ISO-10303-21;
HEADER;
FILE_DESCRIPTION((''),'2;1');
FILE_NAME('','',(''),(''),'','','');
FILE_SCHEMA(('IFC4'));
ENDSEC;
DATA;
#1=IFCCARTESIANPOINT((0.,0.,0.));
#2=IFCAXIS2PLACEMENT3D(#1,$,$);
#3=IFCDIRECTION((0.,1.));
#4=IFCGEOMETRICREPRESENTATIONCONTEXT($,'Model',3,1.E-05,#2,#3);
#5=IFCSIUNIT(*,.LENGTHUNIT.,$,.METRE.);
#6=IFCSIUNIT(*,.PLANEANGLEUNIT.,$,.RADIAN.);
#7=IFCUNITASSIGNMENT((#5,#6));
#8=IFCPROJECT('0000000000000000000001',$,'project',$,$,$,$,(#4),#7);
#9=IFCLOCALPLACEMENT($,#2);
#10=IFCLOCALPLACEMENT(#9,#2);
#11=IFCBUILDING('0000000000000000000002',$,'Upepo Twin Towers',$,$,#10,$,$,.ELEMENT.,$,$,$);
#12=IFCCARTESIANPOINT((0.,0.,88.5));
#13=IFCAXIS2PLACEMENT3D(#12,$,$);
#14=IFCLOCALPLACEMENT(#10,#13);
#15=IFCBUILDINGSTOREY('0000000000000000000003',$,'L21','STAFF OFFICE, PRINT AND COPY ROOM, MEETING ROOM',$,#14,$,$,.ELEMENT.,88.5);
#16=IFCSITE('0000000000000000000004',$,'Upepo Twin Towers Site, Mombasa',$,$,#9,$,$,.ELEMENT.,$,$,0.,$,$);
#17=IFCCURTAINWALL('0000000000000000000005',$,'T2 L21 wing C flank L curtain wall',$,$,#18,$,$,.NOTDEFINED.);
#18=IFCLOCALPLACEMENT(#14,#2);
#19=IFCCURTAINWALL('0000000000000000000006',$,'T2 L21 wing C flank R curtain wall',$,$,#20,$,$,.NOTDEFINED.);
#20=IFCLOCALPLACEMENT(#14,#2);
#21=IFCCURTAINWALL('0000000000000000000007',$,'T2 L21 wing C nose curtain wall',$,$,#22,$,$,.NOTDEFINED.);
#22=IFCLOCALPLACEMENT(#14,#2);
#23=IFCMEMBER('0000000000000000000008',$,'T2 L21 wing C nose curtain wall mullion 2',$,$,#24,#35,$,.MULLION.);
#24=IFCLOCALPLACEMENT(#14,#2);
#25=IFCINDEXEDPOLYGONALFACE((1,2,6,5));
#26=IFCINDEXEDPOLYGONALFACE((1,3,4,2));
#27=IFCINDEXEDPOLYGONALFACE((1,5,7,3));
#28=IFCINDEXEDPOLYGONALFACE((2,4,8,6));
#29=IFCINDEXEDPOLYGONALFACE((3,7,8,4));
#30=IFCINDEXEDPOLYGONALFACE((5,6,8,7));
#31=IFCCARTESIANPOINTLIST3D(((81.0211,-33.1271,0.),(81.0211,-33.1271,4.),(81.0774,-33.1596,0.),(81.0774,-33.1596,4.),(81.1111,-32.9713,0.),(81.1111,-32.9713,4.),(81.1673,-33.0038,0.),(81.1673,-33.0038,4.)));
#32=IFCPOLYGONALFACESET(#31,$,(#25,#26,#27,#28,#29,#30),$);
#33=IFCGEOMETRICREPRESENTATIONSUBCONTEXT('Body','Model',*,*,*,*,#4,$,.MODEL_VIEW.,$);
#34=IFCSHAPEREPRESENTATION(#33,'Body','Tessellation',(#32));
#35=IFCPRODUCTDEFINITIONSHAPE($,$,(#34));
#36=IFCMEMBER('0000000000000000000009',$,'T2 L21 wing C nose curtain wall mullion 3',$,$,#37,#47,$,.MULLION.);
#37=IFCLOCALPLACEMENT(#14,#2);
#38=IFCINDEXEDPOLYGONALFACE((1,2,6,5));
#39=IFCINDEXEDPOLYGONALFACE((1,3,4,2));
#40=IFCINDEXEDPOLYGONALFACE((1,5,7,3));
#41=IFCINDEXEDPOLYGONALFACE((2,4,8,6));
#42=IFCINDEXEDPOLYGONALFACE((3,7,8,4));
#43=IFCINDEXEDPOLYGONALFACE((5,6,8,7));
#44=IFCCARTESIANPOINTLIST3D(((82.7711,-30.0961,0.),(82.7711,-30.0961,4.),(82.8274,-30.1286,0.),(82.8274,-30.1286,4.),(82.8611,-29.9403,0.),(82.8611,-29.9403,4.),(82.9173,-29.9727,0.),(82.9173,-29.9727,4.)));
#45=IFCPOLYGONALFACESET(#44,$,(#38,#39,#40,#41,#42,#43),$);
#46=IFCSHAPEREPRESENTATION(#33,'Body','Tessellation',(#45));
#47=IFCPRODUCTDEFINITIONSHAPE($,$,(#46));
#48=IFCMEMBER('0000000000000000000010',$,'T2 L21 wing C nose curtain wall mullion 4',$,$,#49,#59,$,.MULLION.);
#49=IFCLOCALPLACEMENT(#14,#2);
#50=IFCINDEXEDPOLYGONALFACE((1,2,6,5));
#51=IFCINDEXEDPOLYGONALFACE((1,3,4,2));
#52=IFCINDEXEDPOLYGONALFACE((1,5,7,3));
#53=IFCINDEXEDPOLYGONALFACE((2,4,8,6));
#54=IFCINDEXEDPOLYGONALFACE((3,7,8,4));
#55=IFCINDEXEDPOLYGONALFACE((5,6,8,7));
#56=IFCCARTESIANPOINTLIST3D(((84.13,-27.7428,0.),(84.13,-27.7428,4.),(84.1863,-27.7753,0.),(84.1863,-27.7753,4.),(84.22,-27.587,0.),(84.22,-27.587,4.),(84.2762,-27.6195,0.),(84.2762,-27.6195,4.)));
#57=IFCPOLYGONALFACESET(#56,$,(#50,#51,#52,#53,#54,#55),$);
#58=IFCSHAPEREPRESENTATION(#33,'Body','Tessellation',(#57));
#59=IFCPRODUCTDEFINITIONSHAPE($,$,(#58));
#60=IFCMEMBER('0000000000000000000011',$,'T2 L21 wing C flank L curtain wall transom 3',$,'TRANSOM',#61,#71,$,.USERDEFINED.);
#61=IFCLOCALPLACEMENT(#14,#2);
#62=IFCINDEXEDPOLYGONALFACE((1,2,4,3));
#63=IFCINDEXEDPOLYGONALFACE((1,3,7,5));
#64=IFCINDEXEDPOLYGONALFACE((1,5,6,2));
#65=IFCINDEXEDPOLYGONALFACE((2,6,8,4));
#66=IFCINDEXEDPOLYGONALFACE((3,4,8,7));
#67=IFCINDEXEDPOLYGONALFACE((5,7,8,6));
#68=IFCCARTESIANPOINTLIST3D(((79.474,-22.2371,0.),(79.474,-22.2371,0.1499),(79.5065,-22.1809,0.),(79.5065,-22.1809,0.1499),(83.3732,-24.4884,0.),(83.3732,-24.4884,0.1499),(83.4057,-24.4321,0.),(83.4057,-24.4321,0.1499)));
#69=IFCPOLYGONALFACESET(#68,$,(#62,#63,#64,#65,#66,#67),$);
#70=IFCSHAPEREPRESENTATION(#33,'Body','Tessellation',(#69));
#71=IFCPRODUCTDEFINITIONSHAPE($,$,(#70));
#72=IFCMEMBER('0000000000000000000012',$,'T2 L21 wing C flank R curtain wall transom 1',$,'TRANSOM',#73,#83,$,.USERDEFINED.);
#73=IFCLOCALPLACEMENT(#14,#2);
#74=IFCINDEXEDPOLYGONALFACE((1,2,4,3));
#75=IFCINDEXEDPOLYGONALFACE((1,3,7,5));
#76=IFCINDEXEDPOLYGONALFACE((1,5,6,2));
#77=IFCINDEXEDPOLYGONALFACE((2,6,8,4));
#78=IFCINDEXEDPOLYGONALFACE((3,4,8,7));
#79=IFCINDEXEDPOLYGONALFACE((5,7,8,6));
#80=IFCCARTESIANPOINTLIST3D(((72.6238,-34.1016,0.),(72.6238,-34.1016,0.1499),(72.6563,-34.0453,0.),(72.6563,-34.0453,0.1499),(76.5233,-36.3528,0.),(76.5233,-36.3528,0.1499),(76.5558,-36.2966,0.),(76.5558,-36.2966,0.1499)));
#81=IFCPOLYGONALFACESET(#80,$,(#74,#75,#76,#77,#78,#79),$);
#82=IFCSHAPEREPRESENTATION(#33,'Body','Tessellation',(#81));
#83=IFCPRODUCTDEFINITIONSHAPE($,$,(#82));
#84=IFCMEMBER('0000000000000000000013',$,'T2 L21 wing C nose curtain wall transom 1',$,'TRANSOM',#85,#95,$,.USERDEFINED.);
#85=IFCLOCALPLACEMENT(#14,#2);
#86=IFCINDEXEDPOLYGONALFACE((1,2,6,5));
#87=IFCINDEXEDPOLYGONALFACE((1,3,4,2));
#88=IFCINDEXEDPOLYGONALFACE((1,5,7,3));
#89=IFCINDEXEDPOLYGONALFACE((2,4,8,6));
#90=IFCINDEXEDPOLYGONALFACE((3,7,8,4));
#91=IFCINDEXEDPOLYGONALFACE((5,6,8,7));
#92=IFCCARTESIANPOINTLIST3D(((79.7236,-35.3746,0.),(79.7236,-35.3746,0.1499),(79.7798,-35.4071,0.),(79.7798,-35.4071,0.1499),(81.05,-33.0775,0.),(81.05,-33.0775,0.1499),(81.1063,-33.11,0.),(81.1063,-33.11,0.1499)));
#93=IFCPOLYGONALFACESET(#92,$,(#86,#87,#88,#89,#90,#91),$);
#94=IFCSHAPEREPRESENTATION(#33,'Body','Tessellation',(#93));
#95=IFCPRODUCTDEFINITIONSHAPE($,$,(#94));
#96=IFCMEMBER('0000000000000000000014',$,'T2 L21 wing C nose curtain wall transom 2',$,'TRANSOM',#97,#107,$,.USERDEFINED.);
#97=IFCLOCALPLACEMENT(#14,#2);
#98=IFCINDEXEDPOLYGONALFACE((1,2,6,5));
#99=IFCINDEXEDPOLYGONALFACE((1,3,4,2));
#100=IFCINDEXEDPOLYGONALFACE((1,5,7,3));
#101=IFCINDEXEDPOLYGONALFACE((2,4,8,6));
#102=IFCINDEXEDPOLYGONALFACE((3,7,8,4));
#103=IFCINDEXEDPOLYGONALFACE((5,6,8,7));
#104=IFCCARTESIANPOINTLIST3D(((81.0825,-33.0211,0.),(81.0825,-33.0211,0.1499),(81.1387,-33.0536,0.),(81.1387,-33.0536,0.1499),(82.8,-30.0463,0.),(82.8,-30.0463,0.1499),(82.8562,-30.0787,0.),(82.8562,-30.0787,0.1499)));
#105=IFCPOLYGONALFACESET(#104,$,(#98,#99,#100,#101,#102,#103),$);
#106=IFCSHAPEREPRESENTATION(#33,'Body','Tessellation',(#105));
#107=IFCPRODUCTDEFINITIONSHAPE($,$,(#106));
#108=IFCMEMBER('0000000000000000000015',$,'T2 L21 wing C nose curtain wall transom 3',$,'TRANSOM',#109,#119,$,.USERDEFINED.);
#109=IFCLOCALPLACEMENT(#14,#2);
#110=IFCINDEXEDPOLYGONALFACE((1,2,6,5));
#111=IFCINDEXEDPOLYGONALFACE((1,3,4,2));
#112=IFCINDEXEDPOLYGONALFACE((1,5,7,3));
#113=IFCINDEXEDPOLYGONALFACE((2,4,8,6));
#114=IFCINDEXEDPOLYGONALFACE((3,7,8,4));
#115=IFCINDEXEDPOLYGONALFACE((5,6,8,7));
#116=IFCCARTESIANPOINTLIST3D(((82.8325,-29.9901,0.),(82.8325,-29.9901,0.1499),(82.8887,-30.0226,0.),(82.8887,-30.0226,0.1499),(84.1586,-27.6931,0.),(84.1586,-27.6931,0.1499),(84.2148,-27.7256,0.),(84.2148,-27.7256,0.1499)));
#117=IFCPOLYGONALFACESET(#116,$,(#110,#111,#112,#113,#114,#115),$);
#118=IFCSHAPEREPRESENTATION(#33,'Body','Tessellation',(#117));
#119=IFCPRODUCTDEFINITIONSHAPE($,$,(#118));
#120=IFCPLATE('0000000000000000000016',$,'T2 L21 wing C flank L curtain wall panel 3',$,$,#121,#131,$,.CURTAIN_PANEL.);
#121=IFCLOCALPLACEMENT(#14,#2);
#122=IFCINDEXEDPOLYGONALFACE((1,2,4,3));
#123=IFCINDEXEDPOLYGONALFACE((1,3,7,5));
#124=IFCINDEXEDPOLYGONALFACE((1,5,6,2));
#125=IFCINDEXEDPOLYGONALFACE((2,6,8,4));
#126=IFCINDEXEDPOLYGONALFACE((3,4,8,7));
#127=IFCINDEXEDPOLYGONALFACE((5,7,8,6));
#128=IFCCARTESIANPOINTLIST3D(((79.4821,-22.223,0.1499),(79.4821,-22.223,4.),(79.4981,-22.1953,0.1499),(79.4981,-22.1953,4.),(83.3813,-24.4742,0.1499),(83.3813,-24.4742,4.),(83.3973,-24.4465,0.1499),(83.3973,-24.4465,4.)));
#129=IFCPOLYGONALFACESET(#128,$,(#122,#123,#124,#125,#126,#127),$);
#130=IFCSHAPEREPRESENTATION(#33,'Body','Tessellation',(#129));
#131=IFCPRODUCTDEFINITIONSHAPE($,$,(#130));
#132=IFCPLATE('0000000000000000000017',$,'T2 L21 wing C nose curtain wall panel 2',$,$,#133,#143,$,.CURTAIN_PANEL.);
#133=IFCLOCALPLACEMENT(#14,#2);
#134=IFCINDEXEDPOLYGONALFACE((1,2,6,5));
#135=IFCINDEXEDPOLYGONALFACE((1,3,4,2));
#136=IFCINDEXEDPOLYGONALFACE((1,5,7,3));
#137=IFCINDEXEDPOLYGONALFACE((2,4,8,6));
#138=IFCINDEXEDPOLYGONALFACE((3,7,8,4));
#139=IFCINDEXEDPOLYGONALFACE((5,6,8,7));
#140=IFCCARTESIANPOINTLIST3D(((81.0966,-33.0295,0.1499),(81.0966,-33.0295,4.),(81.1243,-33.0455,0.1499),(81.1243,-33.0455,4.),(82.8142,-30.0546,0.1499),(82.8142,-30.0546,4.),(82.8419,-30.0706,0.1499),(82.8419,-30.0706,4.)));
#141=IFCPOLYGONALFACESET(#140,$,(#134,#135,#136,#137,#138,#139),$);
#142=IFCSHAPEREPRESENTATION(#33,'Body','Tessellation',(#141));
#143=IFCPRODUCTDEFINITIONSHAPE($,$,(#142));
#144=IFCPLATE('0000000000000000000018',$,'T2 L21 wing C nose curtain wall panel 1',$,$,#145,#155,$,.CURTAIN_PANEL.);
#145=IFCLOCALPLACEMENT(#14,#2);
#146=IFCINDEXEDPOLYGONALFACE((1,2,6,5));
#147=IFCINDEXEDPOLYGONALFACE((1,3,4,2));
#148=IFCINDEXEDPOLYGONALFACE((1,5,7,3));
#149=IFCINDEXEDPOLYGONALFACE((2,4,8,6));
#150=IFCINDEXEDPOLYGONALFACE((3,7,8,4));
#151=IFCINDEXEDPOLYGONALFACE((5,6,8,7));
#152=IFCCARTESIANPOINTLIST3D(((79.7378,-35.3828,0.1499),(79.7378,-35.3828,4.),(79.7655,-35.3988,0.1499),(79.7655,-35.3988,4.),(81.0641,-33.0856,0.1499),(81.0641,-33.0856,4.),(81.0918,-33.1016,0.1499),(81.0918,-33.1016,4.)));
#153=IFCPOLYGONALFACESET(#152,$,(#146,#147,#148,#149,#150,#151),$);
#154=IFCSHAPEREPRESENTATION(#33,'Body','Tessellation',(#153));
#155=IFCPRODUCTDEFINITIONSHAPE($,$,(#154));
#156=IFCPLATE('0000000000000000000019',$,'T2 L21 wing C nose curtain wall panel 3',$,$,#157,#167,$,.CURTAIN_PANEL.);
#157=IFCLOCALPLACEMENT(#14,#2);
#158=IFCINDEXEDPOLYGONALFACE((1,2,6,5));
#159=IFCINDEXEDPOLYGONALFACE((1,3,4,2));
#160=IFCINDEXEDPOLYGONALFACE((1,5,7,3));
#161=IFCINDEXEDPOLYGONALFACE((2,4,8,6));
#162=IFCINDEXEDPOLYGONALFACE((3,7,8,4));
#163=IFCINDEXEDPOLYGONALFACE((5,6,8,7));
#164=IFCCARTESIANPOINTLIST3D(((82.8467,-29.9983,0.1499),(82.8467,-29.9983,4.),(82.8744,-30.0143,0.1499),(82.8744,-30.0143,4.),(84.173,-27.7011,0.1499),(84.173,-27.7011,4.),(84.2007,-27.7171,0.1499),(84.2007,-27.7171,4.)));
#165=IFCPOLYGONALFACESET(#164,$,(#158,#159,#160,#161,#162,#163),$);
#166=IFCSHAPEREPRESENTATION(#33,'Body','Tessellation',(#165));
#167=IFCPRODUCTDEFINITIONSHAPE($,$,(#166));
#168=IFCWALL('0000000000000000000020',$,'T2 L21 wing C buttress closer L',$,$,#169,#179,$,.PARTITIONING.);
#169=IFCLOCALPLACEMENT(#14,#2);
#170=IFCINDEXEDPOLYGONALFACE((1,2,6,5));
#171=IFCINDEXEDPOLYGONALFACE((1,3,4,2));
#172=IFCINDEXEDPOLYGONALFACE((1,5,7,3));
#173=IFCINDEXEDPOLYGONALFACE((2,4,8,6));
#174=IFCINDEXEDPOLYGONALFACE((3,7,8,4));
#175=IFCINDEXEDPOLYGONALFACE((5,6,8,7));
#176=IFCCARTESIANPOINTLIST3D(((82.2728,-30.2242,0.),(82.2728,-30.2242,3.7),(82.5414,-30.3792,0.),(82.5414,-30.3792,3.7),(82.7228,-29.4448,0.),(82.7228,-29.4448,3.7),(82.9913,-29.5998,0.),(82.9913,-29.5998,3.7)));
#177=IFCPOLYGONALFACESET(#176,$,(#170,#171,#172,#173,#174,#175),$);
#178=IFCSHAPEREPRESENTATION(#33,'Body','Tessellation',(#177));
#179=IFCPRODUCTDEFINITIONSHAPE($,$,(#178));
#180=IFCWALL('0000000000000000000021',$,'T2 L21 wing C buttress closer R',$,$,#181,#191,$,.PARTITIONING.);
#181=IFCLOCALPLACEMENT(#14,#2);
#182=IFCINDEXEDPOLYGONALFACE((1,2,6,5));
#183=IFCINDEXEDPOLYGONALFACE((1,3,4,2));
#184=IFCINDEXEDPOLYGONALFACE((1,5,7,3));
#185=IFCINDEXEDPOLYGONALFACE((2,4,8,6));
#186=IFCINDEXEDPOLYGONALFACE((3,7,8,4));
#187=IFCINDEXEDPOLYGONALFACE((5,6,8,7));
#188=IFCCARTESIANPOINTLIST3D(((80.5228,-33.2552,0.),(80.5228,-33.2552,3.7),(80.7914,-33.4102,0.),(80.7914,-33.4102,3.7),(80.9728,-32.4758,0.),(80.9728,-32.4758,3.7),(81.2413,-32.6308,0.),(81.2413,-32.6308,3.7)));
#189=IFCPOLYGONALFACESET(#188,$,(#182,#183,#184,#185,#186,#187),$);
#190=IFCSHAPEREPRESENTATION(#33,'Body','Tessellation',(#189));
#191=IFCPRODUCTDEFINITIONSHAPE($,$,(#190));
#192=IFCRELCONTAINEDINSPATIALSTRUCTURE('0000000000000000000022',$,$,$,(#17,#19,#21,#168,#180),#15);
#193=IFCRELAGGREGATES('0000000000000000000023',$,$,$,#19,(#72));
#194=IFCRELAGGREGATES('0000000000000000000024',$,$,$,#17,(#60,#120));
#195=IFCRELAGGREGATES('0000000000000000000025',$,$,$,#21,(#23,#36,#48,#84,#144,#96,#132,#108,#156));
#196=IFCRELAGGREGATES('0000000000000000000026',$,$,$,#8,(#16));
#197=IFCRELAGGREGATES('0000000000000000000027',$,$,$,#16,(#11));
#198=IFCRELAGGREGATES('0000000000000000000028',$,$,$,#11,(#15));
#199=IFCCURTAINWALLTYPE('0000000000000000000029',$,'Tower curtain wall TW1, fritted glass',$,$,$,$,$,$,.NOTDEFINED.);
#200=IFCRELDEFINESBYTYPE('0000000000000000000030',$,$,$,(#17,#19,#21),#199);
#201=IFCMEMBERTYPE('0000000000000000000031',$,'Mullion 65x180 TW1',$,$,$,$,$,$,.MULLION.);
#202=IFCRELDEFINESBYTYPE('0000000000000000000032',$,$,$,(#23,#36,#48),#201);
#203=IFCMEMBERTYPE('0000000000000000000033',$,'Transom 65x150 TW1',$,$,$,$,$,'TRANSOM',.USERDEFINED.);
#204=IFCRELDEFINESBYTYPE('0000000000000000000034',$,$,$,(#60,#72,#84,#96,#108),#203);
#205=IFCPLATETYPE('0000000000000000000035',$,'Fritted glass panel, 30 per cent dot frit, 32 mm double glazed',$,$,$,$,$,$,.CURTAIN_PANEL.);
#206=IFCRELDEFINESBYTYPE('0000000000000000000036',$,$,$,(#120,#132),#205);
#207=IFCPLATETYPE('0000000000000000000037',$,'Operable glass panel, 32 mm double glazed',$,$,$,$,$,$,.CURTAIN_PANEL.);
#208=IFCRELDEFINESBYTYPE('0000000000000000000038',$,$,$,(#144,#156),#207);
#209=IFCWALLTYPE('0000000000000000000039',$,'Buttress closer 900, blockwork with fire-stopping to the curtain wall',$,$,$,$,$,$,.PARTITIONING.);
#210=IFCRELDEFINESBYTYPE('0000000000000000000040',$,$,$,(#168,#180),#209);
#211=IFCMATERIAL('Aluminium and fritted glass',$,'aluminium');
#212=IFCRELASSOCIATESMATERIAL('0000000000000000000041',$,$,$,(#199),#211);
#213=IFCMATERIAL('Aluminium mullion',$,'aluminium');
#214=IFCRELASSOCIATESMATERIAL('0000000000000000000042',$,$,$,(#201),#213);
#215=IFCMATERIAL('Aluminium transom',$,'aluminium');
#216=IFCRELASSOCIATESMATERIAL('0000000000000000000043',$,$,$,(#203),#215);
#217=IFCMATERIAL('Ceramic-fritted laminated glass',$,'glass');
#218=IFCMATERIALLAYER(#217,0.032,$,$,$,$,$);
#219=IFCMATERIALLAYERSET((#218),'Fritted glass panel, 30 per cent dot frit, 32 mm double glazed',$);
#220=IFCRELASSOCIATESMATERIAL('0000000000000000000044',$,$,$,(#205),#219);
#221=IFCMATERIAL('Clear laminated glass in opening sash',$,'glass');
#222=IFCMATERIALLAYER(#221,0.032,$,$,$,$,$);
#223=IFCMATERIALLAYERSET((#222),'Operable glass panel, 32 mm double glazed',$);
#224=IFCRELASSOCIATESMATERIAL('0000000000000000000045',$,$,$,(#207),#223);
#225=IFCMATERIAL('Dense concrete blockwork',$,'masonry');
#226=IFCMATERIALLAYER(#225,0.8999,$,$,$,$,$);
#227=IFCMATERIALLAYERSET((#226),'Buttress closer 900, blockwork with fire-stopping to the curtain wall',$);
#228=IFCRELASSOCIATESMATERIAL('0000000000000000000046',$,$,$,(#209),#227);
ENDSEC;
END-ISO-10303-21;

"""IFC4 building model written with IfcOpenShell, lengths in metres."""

from ifc_helpers import new_model, si_unit, direction, frame, frame_2d, origin, origin_2d, place, context, subcontext, project, spatial, rectangle, extrude, material, layer, layer_set, material_profile, profile_set, type_object, element, aggregate, save


model = new_model("IFC4")

# Units and contexts
model_context = context("Model", 3, precision=1e-05, world=origin(), true_north=direction((0.0, 1.0)))
body_context = subcontext(model_context, "Body", "Model", "MODEL_VIEW")
ifc_project = project(units=[si_unit("LENGTHUNIT", "METRE"), si_unit("PLANEANGLEUNIT", "RADIAN")], contexts=[model_context])

# Site, building, storey
site_placement = place(None, origin())
site = spatial("IfcSite", under=ifc_project, at=site_placement, Name="Upepo Twin Towers Site, Mombasa", CompositionType="ELEMENT", RefElevation=0.0)
building_placement = place(site_placement, origin())
building = spatial("IfcBuilding", under=site, at=building_placement, Name="Upepo Twin Towers", CompositionType="ELEMENT")
storey_placement = place(building_placement, frame((0.0, 0.0, 88.5)))
storey = spatial("IfcBuildingStorey", under=building, at=storey_placement, Name="L21", Description="STAFF OFFICE, PRINT AND COPY ROOM, MEETING ROOM", CompositionType="ELEMENT", Elevation=88.5)

# Curtain wall
ifc_material_1 = material(Name="Aluminium and fritted glass", Category="aluminium")
curtain_wall_type = type_object("IfcCurtainWallType", Name="Tower curtain wall TW1, fritted glass", PredefinedType="NOTDEFINED", material=ifc_material_1)
curtain_wall_1_placement = place(storey_placement, origin())
curtain_wall_1 = element("IfcCurtainWall", 1, at=curtain_wall_1_placement, inside=storey, type_object=curtain_wall_type, Name="T2 L21 wing C flank L curtain wall", PredefinedType="NOTDEFINED")
ifc_material_2 = material(Name="Aluminium mullion", Category="aluminium")
ifc_material_profile_1 = material_profile(ifc_material_2, rectangle(XDim=0.0649, YDim=0.1799, at=origin_2d()), Name="MULLION 65x180")
ifc_profile_set_1 = profile_set([ifc_material_profile_1], Name="Aluminium mullion")
member_type_1 = type_object("IfcMemberType", Name="Mullion 65x180 TW1", PredefinedType="MULLION", material=ifc_profile_set_1)

# Curtain wall
curtain_wall_2_placement = place(storey_placement, origin())
curtain_wall_2 = element("IfcCurtainWall", 2, at=curtain_wall_2_placement, inside=storey, type_object=curtain_wall_type, Name="T2 L21 wing C flank R curtain wall", PredefinedType="NOTDEFINED")

# Curtain wall, members
curtain_wall_3_placement = place(storey_placement, origin())
curtain_wall_3 = element("IfcCurtainWall", 3, at=curtain_wall_3_placement, inside=storey, type_object=curtain_wall_type, Name="T2 L21 wing C nose curtain wall", PredefinedType="NOTDEFINED")
member_1_placement = place(storey_placement, frame((81.0942, -33.0654, 0.0), z_axis=(0.0, 0.0, 1.0), x_axis=(-0.866025, 0.5, 0.0)))
member_1 = element("IfcMember", 4, at=member_1_placement, type_object=member_type_1, Name="T2 L21 wing C nose curtain wall mullion 2", PredefinedType="MULLION", context=body_context, shape_type="SweptSolid", body=[
    extrude(rectangle(XDim=0.0649, YDim=0.1799, at=origin_2d()), origin(), (0.0, 0.0, 1.0), 4.0),
])
member_2_placement = place(storey_placement, frame((82.8442, -30.0344, 0.0), z_axis=(0.0, 0.0, 1.0), x_axis=(-0.866025, 0.5, 0.0)))
member_2 = element("IfcMember", 5, at=member_2_placement, type_object=member_type_1, Name="T2 L21 wing C nose curtain wall mullion 3", PredefinedType="MULLION", context=body_context, shape_type="SweptSolid", body=[
    extrude(rectangle(XDim=0.0649, YDim=0.1799, at=origin_2d()), origin(), (0.0, 0.0, 1.0), 4.0),
])
member_3_placement = place(storey_placement, frame((84.2031, -27.6812, 0.0), z_axis=(0.0, 0.0, 1.0), x_axis=(-0.866025, 0.5, 0.0)))
member_3 = element("IfcMember", 6, at=member_3_placement, type_object=member_type_1, Name="T2 L21 wing C nose curtain wall mullion 4", PredefinedType="MULLION", context=body_context, shape_type="SweptSolid", body=[
    extrude(rectangle(XDim=0.0649, YDim=0.1799, at=origin_2d()), origin(), (0.0, 0.0, 1.0), 4.0),
])

# Members
ifc_material_3 = material(Name="Aluminium transom", Category="aluminium")
ifc_material_profile_2 = material_profile(ifc_material_3, rectangle(XDim=0.0649, YDim=0.1499, at=origin_2d()), Name="TRANSOM 65x150")
ifc_profile_set_2 = profile_set([ifc_material_profile_2], Name="Aluminium transom")
member_type_2 = type_object("IfcMemberType", Name="Transom 65x150 TW1", ElementType="TRANSOM", PredefinedType="USERDEFINED", material=ifc_profile_set_2)
member_4_placement = place(storey_placement, frame((79.4902, -22.209, 0.075), z_axis=(0.866022, -0.500006, 0.0), x_axis=(0.500006, 0.866022, 0.0)))
member_4 = element("IfcMember", 7, at=member_4_placement, type_object=member_type_2, Name="T2 L21 wing C flank L curtain wall transom 3", ObjectType="TRANSOM", PredefinedType="USERDEFINED", context=body_context, shape_type="SweptSolid", body=[
    extrude(rectangle(XDim=0.0649, YDim=0.1499, at=origin_2d()), origin(), (0.0, 0.0, 1.0), 4.5024),
])
member_5_placement = place(storey_placement, frame((76.5396, -36.3247, 0.075), z_axis=(-0.866036, 0.499982, 0.0), x_axis=(-0.499982, -0.866036, 0.0)))
member_5 = element("IfcMember", 8, at=member_5_placement, type_object=member_type_2, Name="T2 L21 wing C flank R curtain wall transom 1", ObjectType="TRANSOM", PredefinedType="USERDEFINED", context=body_context, shape_type="SweptSolid", body=[
    extrude(rectangle(XDim=0.0649, YDim=0.1499, at=origin_2d()), origin(), (0.0, 0.0, 1.0), 4.5027),
])
aggregate(curtain_wall_2, [member_5])
member_6_placement = place(storey_placement, frame((79.7517, -35.3909, 0.075), z_axis=(0.500049, 0.865997, 0.0), x_axis=(-0.865997, 0.500049, 0.0)))
member_6 = element("IfcMember", 9, at=member_6_placement, type_object=member_type_2, Name="T2 L21 wing C nose curtain wall transom 1", ObjectType="TRANSOM", PredefinedType="USERDEFINED", context=body_context, shape_type="SweptSolid", body=[
    extrude(rectangle(XDim=0.0649, YDim=0.1499, at=origin_2d()), origin(), (0.0, 0.0, 1.0), 2.6526),
])
member_7_placement = place(storey_placement, frame((81.1106, -33.0374, 0.075), z_axis=(0.499999, 0.866026, 0.0), x_axis=(-0.866026, 0.499999, 0.0)))
member_7 = element("IfcMember", 10, at=member_7_placement, type_object=member_type_2, Name="T2 L21 wing C nose curtain wall transom 2", ObjectType="TRANSOM", PredefinedType="USERDEFINED", context=body_context, shape_type="SweptSolid", body=[
    extrude(rectangle(XDim=0.0649, YDim=0.1499, at=origin_2d()), origin(), (0.0, 0.0, 1.0), 3.4351),
])
member_8_placement = place(storey_placement, frame((82.8606, -30.0063, 0.075), z_axis=(0.49998, 0.866037, 0.0), x_axis=(-0.866037, 0.49998, 0.0)))
member_8 = element("IfcMember", 11, at=member_8_placement, type_object=member_type_2, Name="T2 L21 wing C nose curtain wall transom 3", ObjectType="TRANSOM", PredefinedType="USERDEFINED", context=body_context, shape_type="SweptSolid", body=[
    extrude(rectangle(XDim=0.0649, YDim=0.1499, at=origin_2d()), origin(), (0.0, 0.0, 1.0), 2.6523),
])

# Plates
ifc_material_4 = material(Name="Ceramic-fritted laminated glass", Category="glass")
ifc_layer_1 = layer(ifc_material_4, 0.032)
ifc_layer_set_1 = layer_set([ifc_layer_1], Name="Fritted glass panel, 30 per cent dot frit, 32 mm double glazed")
plate_type_1 = type_object("IfcPlateType", Name="Fritted glass panel, 30 per cent dot frit, 32 mm double glazed", PredefinedType="CURTAIN_PANEL", material=ifc_layer_set_1)
plate_1_placement = place(storey_placement, frame((81.4397, -23.3347, 0.1499), z_axis=(0.0, 0.0, 1.0), x_axis=(0.866025, -0.5, 0.0)))
plate_1 = element("IfcPlate", 12, at=plate_1_placement, type_object=plate_type_1, Name="T2 L21 wing C flank L curtain wall panel 3", PredefinedType="CURTAIN_PANEL", context=body_context, shape_type="SweptSolid", body=[
    extrude(rectangle(XDim=4.5024, YDim=0.032, at=origin_2d()), origin(), (0.0, 0.0, 1.0), 3.8501),
])
aggregate(curtain_wall_1, [member_4, plate_1])
plate_2_placement = place(storey_placement, frame((81.9692, -31.55, 0.1499), z_axis=(0.0, 0.0, 1.0), x_axis=(0.5, 0.866025, 0.0)))
plate_2 = element("IfcPlate", 13, at=plate_2_placement, type_object=plate_type_1, Name="T2 L21 wing C nose curtain wall panel 2", PredefinedType="CURTAIN_PANEL", context=body_context, shape_type="SweptSolid", body=[
    extrude(rectangle(XDim=3.4351, YDim=0.032, at=origin_2d()), origin(), (0.0, 0.0, 1.0), 3.8501),
])
ifc_material_5 = material(Name="Clear laminated glass in opening sash", Category="glass")
ifc_layer_2 = layer(ifc_material_5, 0.032)
ifc_layer_set_2 = layer_set([ifc_layer_2], Name="Operable glass panel, 32 mm double glazed")
plate_type_2 = type_object("IfcPlateType", Name="Operable glass panel, 32 mm double glazed", PredefinedType="CURTAIN_PANEL", material=ifc_layer_set_2)
plate_3_placement = place(storey_placement, frame((80.4148, -34.2422, 0.1499), z_axis=(0.0, 0.0, 1.0), x_axis=(0.5, 0.866025, 0.0)))
plate_3 = element("IfcPlate", 14, at=plate_3_placement, type_object=plate_type_2, Name="T2 L21 wing C nose curtain wall panel 1", PredefinedType="CURTAIN_PANEL", context=body_context, shape_type="SweptSolid", body=[
    extrude(rectangle(XDim=2.6526, YDim=0.032, at=origin_2d()), origin(), (0.0, 0.0, 1.0), 3.8501),
])
plate_4_placement = place(storey_placement, frame((83.5237, -28.8577, 0.1499), z_axis=(0.0, 0.0, 1.0), x_axis=(0.5, 0.866025, 0.0)))
plate_4 = element("IfcPlate", 15, at=plate_4_placement, type_object=plate_type_2, Name="T2 L21 wing C nose curtain wall panel 3", PredefinedType="CURTAIN_PANEL", context=body_context, shape_type="SweptSolid", body=[
    extrude(rectangle(XDim=2.6526, YDim=0.032, at=origin_2d()), origin(), (0.0, 0.0, 1.0), 3.8501),
])
aggregate(curtain_wall_3, [member_1, member_2, member_3, member_6, plate_3, member_7, plate_2, member_8, plate_4])

# Walls
ifc_material_6 = material(Name="Dense concrete blockwork", Category="masonry")
ifc_layer_3 = layer(ifc_material_6, 0.8999)
ifc_layer_set_3 = layer_set([ifc_layer_3], Name="Buttress closer 900, blockwork with fire-stopping to the curtain wall")
wall_type_1 = type_object("IfcWallType", Name="Buttress closer 900, blockwork with fire-stopping to the curtain wall", PredefinedType="PARTITIONING", material=ifc_layer_set_3)
for number, where, z_axis, x_axis, name in (
    (16, (82.4978, -29.8345, 0.0), (0.0, 0.0, 1.0), (0.866054, -0.49995, 0.0), "T2 L21 wing C buttress closer L"),
    (17, (80.7478, -32.8655, 0.0), (0.0, 0.0, 1.0), (0.866054, -0.49995, 0.0), "T2 L21 wing C buttress closer R"),
):
    element("IfcWall", number, at=place(storey_placement, frame(where, z_axis=z_axis, x_axis=x_axis)), inside=storey, type_object=wall_type_1, Name=name, PredefinedType="PARTITIONING", context=body_context, shape_type="SweptSolid", body=[
        extrude(rectangle(XDim=0.3101, YDim=0.8999, at=frame_2d((0.155, 0.0))), origin(), (0.0, 0.0, 1.0), 3.7),
    ])

save(model, "model.ifc")
